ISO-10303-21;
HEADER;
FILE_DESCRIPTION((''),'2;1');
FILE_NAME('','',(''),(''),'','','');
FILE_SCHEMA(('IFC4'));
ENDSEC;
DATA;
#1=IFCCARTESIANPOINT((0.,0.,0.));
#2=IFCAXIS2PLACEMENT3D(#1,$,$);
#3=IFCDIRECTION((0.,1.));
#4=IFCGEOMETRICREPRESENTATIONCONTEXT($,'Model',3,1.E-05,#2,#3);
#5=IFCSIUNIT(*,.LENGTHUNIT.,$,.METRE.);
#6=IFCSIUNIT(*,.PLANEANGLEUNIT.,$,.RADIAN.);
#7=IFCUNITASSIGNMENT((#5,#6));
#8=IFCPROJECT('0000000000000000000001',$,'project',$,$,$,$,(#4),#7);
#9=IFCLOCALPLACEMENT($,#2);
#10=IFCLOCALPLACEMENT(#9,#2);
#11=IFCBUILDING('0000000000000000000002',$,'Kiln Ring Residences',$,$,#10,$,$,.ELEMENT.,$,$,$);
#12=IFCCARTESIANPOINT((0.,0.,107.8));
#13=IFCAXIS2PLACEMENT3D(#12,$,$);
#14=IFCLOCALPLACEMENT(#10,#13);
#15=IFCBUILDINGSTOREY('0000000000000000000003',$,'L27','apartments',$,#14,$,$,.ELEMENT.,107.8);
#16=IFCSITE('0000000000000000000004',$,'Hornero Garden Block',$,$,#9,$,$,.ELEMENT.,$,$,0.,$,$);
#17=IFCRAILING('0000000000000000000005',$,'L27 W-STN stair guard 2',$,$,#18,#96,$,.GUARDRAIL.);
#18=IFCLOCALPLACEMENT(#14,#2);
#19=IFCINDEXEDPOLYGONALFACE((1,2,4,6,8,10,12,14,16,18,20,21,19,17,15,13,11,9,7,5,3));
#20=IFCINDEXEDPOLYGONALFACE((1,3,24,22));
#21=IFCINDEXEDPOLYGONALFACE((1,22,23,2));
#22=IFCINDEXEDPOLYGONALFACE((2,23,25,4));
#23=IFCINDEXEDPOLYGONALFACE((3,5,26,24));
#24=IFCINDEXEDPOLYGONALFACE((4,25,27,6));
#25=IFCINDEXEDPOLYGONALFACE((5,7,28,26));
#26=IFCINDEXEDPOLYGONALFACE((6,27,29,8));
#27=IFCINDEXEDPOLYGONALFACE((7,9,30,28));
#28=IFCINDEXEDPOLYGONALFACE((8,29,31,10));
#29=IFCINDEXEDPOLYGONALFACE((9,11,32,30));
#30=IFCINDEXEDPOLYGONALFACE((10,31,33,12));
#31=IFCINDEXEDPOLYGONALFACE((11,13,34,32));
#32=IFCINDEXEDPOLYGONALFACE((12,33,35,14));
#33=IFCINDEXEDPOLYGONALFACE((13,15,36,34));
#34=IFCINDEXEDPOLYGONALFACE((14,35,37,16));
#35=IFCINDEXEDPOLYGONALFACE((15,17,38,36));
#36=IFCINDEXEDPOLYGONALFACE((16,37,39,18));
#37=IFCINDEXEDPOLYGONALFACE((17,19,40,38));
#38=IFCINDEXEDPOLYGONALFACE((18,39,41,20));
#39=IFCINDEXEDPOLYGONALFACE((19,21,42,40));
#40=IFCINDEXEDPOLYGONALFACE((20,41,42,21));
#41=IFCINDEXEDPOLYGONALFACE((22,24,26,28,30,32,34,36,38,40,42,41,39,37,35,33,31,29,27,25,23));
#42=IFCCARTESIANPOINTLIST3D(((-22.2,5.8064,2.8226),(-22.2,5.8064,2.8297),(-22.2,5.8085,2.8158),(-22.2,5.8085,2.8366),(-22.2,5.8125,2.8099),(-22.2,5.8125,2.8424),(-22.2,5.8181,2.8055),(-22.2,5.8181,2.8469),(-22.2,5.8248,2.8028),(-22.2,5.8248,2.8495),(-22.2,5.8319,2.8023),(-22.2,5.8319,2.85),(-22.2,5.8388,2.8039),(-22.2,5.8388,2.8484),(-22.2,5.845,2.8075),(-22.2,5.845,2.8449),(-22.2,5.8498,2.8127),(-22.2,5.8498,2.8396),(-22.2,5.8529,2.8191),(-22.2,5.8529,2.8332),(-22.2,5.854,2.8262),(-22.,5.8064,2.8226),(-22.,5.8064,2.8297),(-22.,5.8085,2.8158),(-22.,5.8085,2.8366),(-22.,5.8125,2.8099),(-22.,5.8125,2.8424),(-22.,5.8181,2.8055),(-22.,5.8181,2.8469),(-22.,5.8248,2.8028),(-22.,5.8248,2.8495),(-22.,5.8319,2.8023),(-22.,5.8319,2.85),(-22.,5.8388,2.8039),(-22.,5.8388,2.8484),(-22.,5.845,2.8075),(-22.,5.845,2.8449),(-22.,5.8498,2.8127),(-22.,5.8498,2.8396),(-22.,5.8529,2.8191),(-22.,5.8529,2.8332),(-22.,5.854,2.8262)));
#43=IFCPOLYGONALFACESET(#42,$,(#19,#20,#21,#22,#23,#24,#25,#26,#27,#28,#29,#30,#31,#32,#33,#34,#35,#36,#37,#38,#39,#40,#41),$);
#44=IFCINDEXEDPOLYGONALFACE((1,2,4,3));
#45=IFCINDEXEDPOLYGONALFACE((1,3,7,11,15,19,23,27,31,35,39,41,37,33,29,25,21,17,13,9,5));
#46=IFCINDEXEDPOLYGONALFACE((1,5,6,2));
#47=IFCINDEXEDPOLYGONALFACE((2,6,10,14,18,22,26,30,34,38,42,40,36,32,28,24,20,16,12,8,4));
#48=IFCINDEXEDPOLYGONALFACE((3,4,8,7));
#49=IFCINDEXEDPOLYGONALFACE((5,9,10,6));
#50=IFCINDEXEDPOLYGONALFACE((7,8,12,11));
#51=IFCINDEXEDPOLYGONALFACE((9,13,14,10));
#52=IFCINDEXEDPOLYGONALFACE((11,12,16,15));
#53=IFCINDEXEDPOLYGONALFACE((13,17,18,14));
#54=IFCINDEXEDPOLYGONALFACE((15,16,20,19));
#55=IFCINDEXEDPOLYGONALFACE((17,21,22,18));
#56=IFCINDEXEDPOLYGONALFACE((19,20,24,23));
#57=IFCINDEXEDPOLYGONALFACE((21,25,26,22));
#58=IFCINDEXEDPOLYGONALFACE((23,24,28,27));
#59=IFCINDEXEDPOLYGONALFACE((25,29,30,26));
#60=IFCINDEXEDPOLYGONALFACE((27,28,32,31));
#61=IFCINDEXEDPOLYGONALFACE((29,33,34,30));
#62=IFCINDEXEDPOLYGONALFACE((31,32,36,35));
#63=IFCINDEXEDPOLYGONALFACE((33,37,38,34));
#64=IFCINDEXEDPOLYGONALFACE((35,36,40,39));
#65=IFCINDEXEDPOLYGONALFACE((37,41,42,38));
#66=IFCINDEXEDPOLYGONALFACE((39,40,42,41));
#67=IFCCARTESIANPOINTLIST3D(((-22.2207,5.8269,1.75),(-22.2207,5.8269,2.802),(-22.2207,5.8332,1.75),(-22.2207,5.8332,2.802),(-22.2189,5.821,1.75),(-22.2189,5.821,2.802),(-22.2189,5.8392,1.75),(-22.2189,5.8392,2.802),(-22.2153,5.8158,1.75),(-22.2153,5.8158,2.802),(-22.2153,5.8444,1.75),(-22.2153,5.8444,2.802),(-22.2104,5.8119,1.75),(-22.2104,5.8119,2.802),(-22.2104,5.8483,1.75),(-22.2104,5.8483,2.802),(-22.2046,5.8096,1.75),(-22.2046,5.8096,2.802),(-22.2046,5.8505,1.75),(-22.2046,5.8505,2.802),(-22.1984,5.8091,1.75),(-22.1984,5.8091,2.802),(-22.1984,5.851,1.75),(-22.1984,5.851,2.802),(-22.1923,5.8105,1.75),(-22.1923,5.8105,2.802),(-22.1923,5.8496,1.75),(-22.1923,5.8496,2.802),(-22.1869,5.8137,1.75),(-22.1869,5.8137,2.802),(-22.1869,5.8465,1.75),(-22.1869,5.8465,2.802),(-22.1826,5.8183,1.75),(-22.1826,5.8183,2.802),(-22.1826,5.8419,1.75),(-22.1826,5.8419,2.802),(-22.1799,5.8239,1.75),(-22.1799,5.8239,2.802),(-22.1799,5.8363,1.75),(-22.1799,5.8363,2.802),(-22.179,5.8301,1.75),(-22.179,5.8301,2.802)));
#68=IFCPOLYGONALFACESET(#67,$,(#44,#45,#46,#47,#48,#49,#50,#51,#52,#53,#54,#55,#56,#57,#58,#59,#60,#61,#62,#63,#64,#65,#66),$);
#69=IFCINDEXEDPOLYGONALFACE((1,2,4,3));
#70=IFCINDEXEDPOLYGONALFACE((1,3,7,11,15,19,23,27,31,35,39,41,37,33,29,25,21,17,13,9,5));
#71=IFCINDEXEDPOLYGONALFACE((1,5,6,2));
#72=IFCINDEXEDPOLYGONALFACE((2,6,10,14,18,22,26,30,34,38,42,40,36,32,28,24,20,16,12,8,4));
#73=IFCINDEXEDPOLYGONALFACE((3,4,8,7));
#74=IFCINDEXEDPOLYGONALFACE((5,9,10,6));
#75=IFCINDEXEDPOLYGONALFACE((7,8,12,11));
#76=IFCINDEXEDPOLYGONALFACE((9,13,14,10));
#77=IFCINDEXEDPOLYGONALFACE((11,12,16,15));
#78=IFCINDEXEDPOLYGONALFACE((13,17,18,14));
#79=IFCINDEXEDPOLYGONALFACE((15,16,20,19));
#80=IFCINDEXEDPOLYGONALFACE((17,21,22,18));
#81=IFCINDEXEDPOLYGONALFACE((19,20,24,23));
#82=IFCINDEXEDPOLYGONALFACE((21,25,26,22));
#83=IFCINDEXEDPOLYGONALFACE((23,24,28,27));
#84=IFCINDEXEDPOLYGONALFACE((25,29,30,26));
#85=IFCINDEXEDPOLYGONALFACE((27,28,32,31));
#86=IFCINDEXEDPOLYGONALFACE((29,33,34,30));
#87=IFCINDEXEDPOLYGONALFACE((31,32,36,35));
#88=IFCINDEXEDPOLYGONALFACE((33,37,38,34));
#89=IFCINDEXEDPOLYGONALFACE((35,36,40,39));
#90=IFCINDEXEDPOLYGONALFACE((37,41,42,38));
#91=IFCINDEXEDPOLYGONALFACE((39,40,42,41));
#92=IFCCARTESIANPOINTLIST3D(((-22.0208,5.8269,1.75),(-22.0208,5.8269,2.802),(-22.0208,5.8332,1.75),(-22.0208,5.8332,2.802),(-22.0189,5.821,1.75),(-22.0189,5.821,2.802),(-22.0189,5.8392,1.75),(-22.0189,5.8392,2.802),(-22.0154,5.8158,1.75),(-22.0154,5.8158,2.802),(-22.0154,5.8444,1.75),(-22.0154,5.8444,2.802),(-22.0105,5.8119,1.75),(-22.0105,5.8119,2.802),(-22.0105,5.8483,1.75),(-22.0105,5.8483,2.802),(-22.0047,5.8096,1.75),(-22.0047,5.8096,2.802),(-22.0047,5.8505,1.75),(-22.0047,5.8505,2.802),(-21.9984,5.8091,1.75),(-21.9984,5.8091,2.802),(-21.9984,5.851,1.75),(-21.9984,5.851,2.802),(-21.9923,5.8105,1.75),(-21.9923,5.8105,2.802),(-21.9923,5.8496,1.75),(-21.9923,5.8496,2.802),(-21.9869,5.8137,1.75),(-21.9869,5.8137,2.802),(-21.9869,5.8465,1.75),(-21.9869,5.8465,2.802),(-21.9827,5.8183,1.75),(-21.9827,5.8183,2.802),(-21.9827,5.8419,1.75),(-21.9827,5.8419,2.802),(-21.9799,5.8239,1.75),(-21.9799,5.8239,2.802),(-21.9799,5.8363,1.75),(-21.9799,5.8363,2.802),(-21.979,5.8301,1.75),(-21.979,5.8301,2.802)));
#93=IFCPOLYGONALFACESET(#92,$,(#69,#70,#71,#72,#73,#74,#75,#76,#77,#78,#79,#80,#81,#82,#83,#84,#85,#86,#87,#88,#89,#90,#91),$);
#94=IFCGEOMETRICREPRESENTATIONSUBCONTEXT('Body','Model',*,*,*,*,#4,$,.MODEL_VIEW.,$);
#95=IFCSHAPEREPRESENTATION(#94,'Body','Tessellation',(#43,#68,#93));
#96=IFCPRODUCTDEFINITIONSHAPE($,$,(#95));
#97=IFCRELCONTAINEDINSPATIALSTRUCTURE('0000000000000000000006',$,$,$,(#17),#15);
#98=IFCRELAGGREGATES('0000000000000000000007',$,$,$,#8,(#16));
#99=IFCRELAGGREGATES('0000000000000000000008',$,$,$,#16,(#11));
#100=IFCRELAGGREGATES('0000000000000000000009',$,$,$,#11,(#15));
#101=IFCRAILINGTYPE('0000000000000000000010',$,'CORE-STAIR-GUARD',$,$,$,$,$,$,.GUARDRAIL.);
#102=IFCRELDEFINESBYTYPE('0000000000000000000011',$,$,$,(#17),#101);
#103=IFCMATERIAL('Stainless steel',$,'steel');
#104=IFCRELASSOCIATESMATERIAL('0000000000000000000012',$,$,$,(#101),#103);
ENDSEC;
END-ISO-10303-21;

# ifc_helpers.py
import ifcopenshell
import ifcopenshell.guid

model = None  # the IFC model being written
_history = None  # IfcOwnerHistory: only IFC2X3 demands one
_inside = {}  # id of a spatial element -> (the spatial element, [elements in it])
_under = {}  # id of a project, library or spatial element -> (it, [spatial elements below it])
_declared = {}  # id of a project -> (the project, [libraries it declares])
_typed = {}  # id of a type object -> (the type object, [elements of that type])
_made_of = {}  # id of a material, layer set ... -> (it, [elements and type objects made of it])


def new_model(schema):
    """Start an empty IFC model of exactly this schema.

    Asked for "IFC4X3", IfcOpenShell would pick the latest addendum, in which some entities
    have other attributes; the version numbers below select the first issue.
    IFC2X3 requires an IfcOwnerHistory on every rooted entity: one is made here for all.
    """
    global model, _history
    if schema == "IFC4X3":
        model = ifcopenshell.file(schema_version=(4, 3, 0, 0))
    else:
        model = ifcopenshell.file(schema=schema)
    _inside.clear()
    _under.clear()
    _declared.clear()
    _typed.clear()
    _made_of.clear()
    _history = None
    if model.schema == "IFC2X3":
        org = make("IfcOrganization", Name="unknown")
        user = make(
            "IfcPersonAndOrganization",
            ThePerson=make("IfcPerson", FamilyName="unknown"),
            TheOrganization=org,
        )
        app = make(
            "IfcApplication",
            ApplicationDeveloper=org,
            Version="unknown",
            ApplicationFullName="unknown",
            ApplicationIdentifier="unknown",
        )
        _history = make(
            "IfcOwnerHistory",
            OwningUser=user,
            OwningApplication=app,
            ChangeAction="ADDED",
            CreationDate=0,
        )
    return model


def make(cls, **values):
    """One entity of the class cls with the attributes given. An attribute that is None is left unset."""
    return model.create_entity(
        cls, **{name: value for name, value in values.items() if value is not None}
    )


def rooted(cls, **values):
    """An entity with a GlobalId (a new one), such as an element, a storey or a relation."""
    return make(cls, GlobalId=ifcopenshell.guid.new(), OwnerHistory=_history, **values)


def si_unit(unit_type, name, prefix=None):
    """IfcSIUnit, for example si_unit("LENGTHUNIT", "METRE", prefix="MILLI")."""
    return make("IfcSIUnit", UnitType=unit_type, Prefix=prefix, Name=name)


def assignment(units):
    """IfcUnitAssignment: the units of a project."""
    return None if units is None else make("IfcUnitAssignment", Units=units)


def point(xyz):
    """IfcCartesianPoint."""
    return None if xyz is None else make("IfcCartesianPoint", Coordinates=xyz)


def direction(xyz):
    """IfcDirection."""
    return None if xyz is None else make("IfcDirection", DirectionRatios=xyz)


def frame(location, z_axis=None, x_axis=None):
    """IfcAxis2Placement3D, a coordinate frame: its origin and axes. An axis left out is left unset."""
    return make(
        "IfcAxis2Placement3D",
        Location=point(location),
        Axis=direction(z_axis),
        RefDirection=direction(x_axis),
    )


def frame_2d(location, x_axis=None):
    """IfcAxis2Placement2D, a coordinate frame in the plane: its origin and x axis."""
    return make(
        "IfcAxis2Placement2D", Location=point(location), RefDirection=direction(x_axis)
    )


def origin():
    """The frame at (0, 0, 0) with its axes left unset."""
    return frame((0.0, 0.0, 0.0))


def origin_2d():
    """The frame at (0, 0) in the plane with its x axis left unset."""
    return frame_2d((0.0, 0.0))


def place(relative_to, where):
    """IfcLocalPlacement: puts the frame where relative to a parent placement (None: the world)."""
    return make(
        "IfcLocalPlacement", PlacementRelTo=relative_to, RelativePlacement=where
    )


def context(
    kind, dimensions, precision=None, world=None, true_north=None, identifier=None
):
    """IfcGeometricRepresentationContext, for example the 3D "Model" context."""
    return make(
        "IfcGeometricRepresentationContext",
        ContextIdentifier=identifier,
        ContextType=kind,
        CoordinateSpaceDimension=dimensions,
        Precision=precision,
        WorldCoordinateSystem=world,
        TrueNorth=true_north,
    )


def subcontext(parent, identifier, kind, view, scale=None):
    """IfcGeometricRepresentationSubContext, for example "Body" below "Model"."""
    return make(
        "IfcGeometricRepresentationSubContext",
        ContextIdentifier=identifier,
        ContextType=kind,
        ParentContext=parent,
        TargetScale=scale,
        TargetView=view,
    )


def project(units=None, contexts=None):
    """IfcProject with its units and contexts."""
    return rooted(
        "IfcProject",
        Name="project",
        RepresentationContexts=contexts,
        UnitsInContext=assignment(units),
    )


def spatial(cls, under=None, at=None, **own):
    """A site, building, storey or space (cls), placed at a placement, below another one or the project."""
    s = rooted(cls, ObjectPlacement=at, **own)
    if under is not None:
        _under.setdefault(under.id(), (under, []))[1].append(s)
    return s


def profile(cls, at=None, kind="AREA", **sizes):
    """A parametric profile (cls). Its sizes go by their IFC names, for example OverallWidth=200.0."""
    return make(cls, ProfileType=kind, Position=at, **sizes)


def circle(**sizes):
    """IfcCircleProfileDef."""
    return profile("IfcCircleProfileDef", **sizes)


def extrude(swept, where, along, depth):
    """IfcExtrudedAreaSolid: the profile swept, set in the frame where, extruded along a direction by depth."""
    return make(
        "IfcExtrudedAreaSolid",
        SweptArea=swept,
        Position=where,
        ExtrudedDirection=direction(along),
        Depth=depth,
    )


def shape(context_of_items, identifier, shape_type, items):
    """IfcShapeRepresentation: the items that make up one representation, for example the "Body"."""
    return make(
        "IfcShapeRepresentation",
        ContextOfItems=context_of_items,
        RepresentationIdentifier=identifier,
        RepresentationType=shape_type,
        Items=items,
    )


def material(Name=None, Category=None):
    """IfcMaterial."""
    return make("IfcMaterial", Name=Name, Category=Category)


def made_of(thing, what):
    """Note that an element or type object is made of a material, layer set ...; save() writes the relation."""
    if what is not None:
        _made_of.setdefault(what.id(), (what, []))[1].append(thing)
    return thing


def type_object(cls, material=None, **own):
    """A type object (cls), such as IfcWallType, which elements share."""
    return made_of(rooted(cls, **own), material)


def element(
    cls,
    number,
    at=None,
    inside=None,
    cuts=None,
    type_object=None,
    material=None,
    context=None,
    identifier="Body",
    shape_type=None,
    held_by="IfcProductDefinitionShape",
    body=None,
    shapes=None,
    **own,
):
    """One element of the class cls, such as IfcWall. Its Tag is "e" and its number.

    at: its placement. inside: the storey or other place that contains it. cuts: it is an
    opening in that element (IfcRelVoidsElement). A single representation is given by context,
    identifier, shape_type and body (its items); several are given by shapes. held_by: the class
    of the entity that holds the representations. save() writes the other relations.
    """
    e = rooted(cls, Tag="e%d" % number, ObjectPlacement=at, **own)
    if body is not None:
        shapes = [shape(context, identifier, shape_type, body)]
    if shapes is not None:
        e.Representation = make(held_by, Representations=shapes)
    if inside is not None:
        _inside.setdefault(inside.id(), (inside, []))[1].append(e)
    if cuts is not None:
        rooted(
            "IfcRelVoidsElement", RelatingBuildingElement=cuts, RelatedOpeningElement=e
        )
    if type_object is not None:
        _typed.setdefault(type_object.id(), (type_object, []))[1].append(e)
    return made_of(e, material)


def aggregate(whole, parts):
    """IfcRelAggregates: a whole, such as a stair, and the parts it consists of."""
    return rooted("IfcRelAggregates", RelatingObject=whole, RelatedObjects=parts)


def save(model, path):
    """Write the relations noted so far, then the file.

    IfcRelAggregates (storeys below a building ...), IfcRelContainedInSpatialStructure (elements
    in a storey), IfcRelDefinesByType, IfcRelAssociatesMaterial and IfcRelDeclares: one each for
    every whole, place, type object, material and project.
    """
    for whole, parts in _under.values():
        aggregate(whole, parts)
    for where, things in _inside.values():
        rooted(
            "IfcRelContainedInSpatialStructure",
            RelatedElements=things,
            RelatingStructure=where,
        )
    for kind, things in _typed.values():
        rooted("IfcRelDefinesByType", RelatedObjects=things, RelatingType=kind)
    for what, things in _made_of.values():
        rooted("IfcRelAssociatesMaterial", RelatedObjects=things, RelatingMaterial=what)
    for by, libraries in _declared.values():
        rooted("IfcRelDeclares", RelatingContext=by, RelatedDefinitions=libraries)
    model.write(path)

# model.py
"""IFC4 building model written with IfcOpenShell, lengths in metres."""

from ifc_helpers import new_model, si_unit, direction, frame, origin, origin_2d, place, context, subcontext, project, spatial, circle, extrude, material, type_object, element, save


model = new_model("IFC4")

# Units and contexts
model_context = context("Model", 3, precision=1e-05, world=origin(), true_north=direction((0.0, 1.0)))
body_context = subcontext(model_context, "Body", "Model", "MODEL_VIEW")
ifc_project = project(units=[si_unit("LENGTHUNIT", "METRE"), si_unit("PLANEANGLEUNIT", "RADIAN")], contexts=[model_context])

# Site, building, storey
site_placement = place(None, origin())
site = spatial("IfcSite", under=ifc_project, at=site_placement, Name="Hornero Garden Block", CompositionType="ELEMENT", RefElevation=0.0)
building_placement = place(site_placement, origin())
building = spatial("IfcBuilding", under=site, at=building_placement, Name="Kiln Ring Residences", CompositionType="ELEMENT")
storey_placement = place(building_placement, frame((0.0, 0.0, 107.8)))
storey = spatial("IfcBuildingStorey", under=building, at=storey_placement, Name="L27", Description="apartments", CompositionType="ELEMENT", Elevation=107.8)

# Railing
ifc_material_1 = material(Name="Stainless steel", Category="steel")
railing_type_1 = type_object("IfcRailingType", Name="CORE-STAIR-GUARD", PredefinedType="GUARDRAIL", material=ifc_material_1)
railing_1_placement = place(storey_placement, frame((-22.2, 5.8301, 1.75)))
element("IfcRailing", 1, at=railing_1_placement, inside=storey, type_object=railing_type_1, Name="L27 W-STN stair guard 2", PredefinedType="GUARDRAIL", context=body_context, shape_type="SweptSolid", body=[
    extrude(circle(Radius=0.0239, at=origin_2d()), frame((0.0, 0.0, 1.0762), z_axis=(1.0, 0.0, 0.0), x_axis=(0.0, 1.0, 0.0)), (0.0, 0.0, 1.0), 0.2),
    extrude(circle(Radius=0.021, at=origin_2d()), origin(), (0.0, 0.0, 1.0), 1.052),
    extrude(circle(Radius=0.021, at=origin_2d()), frame((0.2, 0.0, 0.0)), (0.0, 0.0, 1.0), 1.052),
])

save(model, "model.ifc")
